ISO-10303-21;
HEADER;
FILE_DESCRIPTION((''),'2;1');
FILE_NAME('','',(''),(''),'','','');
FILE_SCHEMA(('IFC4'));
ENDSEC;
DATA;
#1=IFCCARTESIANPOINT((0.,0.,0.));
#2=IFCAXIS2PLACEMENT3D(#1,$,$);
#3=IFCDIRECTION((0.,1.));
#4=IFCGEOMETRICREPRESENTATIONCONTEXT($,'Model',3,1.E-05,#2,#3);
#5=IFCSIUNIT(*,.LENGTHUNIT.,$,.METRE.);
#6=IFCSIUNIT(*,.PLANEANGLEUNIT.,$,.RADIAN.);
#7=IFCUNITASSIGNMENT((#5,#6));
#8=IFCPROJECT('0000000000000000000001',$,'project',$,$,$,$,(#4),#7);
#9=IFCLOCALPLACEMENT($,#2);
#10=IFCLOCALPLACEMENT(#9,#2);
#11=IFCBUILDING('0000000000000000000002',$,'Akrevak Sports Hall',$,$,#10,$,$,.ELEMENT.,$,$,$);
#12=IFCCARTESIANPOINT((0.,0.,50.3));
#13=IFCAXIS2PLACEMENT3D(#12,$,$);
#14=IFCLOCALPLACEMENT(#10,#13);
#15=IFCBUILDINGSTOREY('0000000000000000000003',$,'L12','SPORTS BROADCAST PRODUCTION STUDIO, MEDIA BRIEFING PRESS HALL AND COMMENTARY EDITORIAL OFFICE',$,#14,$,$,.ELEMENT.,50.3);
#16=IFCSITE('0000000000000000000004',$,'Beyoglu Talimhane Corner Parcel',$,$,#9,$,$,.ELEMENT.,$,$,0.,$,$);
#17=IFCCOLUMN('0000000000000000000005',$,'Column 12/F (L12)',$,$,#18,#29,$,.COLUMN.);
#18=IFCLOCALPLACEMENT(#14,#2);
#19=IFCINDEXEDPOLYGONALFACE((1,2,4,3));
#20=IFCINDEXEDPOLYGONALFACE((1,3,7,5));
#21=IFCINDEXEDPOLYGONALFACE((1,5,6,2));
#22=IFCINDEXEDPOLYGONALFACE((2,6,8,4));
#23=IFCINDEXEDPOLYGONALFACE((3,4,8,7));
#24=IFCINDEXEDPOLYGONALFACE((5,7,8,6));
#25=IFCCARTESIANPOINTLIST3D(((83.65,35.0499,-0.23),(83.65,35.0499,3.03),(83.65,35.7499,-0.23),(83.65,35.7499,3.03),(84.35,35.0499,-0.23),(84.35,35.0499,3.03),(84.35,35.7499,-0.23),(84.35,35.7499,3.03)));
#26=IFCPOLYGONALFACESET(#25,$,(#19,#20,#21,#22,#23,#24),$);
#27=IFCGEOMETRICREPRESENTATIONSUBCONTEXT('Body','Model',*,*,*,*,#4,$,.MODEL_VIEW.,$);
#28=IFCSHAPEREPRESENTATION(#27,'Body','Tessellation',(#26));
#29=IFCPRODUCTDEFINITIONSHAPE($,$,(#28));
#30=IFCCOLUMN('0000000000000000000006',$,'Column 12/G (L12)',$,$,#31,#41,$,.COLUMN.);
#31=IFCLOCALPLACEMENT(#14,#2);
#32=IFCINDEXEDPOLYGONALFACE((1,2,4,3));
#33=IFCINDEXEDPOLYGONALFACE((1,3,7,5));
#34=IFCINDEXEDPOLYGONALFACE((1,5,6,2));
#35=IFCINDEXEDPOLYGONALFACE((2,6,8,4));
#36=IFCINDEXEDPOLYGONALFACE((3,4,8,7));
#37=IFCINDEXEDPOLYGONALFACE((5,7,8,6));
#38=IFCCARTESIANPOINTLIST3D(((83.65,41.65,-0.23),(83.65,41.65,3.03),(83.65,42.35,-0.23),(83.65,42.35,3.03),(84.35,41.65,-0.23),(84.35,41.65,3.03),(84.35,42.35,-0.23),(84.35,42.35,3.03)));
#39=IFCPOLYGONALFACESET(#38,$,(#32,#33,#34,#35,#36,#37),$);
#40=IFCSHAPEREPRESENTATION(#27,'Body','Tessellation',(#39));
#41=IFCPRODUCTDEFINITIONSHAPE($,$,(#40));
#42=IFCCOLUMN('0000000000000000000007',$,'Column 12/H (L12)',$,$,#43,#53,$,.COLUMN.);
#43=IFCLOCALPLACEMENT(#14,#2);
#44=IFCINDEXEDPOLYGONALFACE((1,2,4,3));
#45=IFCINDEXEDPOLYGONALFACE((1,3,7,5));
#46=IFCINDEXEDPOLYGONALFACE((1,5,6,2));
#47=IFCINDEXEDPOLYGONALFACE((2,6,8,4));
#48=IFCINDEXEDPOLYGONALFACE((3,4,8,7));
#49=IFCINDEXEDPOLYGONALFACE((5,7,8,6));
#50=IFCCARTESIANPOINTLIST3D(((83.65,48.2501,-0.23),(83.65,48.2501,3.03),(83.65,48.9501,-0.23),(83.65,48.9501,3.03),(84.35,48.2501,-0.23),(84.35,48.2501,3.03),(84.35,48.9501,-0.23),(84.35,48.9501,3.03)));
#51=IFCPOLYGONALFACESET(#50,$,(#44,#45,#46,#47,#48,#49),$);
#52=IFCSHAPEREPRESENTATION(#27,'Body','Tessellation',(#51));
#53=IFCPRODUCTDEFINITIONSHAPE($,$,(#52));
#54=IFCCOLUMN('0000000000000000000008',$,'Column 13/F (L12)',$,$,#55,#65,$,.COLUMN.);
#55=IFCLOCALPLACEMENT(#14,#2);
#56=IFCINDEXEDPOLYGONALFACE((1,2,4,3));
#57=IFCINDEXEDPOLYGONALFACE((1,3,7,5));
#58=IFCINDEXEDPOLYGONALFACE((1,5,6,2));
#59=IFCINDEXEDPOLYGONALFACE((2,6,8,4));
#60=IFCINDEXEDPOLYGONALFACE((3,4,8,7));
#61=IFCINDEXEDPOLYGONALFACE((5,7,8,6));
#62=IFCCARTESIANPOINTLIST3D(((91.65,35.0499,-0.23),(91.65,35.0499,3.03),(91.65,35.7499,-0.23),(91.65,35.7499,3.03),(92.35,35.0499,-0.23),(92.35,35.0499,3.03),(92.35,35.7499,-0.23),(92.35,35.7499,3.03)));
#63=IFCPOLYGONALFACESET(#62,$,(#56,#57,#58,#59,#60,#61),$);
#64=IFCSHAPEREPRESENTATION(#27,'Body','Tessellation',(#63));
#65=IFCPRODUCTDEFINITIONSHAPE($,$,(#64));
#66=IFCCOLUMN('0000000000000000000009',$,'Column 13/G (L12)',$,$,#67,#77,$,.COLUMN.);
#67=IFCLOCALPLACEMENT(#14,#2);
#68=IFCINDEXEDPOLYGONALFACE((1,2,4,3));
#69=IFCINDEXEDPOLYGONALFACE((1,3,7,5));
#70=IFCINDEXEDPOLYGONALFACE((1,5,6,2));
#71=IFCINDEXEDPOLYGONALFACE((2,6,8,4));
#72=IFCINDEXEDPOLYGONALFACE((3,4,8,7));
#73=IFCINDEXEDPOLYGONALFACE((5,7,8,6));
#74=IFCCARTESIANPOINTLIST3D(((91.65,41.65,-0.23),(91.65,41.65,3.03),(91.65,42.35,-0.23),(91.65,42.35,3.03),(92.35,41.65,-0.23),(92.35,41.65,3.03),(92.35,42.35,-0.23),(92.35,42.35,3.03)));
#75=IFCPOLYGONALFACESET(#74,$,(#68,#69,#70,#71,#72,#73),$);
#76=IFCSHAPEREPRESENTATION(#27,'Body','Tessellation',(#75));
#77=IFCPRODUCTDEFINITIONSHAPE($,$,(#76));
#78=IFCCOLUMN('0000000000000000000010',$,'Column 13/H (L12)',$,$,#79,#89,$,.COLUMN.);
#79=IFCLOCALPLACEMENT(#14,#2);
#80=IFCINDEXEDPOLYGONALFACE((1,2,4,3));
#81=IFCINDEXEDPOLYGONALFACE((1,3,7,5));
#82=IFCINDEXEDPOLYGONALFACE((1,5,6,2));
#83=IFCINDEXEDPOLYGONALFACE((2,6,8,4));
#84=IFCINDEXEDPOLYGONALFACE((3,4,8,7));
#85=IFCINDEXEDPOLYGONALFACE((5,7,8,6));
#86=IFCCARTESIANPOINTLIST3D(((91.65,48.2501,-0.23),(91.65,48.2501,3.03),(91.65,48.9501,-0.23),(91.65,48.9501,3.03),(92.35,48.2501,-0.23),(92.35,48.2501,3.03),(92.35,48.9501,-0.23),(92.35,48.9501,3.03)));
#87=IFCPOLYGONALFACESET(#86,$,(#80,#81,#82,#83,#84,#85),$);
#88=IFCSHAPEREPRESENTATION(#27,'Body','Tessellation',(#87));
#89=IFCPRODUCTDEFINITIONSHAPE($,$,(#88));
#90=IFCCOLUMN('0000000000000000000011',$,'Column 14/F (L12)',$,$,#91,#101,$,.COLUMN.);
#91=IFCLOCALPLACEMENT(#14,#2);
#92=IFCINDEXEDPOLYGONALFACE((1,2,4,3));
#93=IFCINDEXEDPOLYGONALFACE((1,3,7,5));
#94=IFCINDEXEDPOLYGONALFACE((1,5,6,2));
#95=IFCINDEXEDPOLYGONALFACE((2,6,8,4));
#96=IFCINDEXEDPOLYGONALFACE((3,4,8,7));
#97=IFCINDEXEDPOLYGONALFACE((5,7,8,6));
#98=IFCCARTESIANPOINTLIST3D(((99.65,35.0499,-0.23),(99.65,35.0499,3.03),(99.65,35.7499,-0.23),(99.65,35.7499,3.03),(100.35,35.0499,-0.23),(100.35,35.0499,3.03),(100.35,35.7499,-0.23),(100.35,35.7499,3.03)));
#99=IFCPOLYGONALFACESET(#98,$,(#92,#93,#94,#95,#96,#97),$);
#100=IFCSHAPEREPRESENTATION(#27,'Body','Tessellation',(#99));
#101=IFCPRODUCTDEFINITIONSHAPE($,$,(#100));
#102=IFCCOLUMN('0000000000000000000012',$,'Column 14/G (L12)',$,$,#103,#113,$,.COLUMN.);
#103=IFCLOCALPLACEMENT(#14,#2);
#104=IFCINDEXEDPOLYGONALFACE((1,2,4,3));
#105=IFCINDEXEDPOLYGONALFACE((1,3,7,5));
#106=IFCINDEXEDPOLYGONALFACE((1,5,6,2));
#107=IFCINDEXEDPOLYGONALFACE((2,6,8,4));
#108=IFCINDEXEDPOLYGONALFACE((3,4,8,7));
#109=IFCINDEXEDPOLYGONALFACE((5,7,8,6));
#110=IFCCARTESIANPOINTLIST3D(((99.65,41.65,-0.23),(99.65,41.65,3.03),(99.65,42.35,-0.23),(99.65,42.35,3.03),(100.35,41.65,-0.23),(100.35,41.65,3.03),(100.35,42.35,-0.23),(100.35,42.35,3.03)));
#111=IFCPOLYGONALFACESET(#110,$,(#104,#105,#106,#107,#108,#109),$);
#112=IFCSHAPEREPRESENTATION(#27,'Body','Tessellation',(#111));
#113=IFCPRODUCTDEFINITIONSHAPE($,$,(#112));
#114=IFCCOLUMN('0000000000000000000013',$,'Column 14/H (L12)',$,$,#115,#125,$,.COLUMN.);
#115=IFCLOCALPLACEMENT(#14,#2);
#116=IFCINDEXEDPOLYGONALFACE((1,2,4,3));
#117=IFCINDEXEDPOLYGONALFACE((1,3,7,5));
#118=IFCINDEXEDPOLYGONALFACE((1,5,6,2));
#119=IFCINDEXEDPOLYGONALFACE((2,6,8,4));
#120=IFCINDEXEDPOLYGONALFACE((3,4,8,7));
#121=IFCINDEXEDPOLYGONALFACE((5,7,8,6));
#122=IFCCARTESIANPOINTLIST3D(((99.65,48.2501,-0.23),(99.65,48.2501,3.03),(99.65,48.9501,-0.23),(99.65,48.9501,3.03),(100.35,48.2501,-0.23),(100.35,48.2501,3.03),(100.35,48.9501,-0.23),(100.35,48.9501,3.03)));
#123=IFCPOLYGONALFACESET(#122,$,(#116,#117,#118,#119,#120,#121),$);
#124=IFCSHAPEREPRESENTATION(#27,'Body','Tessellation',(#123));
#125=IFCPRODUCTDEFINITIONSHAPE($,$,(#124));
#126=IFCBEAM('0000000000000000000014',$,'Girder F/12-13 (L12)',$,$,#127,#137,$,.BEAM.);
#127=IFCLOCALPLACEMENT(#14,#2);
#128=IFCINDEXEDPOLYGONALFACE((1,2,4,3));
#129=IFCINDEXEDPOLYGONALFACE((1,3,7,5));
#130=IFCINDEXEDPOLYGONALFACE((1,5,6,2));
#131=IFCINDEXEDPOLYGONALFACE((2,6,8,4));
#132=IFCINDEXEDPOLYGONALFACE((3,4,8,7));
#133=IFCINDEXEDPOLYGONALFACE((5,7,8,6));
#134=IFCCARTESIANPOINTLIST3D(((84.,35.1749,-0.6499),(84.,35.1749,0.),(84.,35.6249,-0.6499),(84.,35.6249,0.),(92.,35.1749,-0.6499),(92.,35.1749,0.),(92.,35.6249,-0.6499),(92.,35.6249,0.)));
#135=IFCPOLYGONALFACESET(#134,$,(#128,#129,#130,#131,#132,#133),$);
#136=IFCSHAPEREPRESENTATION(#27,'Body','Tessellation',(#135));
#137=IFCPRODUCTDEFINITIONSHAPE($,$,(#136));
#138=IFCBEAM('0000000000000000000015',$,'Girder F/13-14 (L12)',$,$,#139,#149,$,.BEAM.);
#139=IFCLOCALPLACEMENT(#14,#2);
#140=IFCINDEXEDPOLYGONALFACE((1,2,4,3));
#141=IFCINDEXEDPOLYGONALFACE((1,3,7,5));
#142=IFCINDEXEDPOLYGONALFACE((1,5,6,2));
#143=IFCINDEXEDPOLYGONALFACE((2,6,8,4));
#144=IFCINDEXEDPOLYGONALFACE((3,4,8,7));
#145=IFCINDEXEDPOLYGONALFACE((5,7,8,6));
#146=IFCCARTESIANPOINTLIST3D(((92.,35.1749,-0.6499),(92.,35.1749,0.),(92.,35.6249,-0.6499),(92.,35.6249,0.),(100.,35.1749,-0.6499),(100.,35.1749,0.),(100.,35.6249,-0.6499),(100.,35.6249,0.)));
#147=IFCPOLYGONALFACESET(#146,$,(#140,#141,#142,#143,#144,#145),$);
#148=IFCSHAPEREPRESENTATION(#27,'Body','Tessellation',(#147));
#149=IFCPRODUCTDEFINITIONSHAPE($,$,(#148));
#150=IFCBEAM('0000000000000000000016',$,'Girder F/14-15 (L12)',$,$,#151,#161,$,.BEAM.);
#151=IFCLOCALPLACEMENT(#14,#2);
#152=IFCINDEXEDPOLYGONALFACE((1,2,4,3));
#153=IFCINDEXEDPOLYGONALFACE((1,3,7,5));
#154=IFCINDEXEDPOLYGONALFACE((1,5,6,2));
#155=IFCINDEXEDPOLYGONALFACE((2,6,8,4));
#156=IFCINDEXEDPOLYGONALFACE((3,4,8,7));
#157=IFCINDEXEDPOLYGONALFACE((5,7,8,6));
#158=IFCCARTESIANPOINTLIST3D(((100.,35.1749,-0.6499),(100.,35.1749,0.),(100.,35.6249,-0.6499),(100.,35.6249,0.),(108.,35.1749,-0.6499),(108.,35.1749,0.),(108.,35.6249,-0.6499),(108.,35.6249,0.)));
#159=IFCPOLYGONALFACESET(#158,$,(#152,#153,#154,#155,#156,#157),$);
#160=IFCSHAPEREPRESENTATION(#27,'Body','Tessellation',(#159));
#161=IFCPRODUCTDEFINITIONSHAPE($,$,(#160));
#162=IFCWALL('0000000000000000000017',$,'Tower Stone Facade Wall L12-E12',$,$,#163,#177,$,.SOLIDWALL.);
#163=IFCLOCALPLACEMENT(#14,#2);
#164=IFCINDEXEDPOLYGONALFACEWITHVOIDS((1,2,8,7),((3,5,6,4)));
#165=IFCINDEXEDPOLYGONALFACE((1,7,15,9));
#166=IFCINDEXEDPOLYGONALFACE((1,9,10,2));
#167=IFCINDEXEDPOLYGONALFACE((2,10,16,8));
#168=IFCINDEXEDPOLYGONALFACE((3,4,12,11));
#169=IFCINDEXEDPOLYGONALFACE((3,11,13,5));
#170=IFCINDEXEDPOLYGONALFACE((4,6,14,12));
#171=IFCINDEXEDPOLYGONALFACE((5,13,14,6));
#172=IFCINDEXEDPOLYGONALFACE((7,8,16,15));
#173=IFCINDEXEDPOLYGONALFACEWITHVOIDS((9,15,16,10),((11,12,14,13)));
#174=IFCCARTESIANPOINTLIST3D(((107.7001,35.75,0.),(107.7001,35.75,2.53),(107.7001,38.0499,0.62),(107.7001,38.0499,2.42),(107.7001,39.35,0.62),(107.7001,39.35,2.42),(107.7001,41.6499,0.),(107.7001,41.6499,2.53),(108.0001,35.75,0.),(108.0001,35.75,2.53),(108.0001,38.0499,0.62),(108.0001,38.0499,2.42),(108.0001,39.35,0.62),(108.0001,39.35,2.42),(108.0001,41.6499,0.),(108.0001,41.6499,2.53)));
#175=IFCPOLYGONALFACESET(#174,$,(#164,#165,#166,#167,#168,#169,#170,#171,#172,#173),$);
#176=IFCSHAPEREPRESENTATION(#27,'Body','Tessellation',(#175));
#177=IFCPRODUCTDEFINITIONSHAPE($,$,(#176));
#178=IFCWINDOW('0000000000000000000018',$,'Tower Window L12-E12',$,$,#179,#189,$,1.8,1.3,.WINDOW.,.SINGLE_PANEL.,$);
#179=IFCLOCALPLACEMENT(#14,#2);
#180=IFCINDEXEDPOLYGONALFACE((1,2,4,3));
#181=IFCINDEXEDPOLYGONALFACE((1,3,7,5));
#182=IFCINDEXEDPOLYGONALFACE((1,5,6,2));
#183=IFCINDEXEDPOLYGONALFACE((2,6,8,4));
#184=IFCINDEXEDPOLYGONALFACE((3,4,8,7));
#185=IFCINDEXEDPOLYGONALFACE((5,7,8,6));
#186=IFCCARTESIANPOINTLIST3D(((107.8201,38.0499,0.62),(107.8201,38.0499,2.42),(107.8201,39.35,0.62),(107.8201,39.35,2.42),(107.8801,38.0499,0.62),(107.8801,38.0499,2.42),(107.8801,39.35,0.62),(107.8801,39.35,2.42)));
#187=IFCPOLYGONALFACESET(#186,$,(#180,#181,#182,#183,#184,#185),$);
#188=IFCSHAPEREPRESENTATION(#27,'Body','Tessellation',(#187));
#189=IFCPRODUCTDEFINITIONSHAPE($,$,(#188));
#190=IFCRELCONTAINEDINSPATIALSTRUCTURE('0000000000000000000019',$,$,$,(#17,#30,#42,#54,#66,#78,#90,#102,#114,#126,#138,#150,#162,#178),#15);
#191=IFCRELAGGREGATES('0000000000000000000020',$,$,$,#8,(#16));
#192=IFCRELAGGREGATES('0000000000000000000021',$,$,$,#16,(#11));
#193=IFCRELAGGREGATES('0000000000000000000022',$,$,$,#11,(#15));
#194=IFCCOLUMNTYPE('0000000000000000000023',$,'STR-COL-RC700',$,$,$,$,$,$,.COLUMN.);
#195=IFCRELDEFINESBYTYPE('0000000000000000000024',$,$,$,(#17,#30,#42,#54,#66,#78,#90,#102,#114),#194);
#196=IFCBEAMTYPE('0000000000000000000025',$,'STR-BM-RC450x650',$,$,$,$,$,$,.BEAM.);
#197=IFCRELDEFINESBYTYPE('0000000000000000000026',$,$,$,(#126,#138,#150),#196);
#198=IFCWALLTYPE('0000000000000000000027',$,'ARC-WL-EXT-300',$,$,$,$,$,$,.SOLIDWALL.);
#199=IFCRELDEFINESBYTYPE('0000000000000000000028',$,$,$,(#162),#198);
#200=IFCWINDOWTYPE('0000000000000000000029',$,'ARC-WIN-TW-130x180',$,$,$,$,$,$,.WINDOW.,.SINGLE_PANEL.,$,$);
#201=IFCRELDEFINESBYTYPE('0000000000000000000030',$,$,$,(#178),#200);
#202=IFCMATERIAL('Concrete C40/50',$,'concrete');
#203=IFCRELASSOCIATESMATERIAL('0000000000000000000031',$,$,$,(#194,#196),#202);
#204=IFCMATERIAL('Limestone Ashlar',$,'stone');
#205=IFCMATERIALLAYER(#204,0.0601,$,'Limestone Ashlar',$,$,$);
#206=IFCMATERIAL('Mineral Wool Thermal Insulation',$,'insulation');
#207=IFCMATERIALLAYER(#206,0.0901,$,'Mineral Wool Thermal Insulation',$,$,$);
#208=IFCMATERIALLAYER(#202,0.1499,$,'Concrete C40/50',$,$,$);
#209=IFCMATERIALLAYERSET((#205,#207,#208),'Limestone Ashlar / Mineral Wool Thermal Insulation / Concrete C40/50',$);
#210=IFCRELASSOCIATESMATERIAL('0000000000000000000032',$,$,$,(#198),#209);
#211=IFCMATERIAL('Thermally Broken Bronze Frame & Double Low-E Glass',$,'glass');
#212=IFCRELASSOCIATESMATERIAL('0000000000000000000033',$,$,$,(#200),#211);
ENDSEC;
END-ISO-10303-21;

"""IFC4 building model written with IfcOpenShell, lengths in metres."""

from ifc_helpers import new_model, si_unit, direction, frame, frame_2d, origin, origin_2d, place, context, subcontext, project, spatial, rectangle, extrude, material, layer, layer_set, material_profile, profile_set, type_object, element, fill, save


model = new_model("IFC4")

# Units and contexts
model_context = context("Model", 3, precision=1e-05, world=origin(), true_north=direction((0.0, 1.0)))
body_context = subcontext(model_context, "Body", "Model", "MODEL_VIEW")
ifc_project = project(units=[si_unit("LENGTHUNIT", "METRE"), si_unit("PLANEANGLEUNIT", "RADIAN")], contexts=[model_context])

# Site, building, storey
site_placement = place(None, origin())
site = spatial("IfcSite", under=ifc_project, at=site_placement, Name="Beyoglu Talimhane Corner Parcel", CompositionType="ELEMENT", RefElevation=0.0)
building_placement = place(site_placement, origin())
building = spatial("IfcBuilding", under=site, at=building_placement, Name="Akrevak Sports Hall", CompositionType="ELEMENT")
storey_placement = place(building_placement, frame((0.0, 0.0, 50.3)))
storey = spatial("IfcBuildingStorey", under=building, at=storey_placement, Name="L12", Description="SPORTS BROADCAST PRODUCTION STUDIO, MEDIA BRIEFING PRESS HALL AND COMMENTARY EDITORIAL OFFICE", CompositionType="ELEMENT", Elevation=50.3)

# Columns
ifc_material_1 = material(Name="Concrete C40/50", Category="concrete")
ifc_material_profile_1 = material_profile(ifc_material_1, rectangle(XDim=0.7, YDim=0.7, at=origin_2d()), Name="RC 700x700", Category="concrete")
ifc_profile_set_1 = profile_set([ifc_material_profile_1], Name="Concrete C40/50")
column_type = type_object("IfcColumnType", Name="STR-COL-RC700", PredefinedType="COLUMN", material=ifc_profile_set_1)
for number, where, z_axis, x_axis, name in (
    (1, (84.0, 35.3999, -0.23), (0.0, 0.0, 1.0), (1.0, 0.0, 0.0), "Column 12/F (L12)"),
    (2, (84.0, 42.0, -0.23), (0.0, 0.0, 1.0), (1.0, 0.0, 0.0), "Column 12/G (L12)"),
    (3, (84.0, 48.6001, -0.23), (0.0, 0.0, 1.0), (1.0, 0.0, 0.0), "Column 12/H (L12)"),
    (4, (92.0, 35.3999, -0.23), (0.0, 0.0, 1.0), (1.0, 0.0, 0.0), "Column 13/F (L12)"),
    (5, (92.0, 42.0, -0.23), (0.0, 0.0, 1.0), (1.0, 0.0, 0.0), "Column 13/G (L12)"),
    (6, (92.0, 48.6001, -0.23), (0.0, 0.0, 1.0), (1.0, 0.0, 0.0), "Column 13/H (L12)"),
    (7, (100.0, 35.3999, -0.23), (0.0, 0.0, 1.0), (1.0, 0.0, 0.0), "Column 14/F (L12)"),
    (8, (100.0, 42.0, -0.23), (0.0, 0.0, 1.0), (1.0, 0.0, 0.0), "Column 14/G (L12)"),
    (9, (100.0, 48.6001, -0.23), (0.0, 0.0, 1.0), (1.0, 0.0, 0.0), "Column 14/H (L12)"),
):
    element("IfcColumn", number, at=place(storey_placement, frame(where, z_axis=z_axis, x_axis=x_axis)), inside=storey, type_object=column_type, Name=name, PredefinedType="COLUMN", context=body_context, shape_type="SweptSolid", body=[
        extrude(rectangle(XDim=0.7, YDim=0.7, at=origin_2d()), origin(), (0.0, 0.0, 1.0), 3.26),
    ])

# Beams
ifc_material_profile_2 = material_profile(ifc_material_1, rectangle(XDim=0.45, YDim=0.6499, at=origin_2d()), Name="BM 450x650", Category="concrete")
ifc_profile_set_2 = profile_set([ifc_material_profile_2], Name="Concrete C40/50")
beam_type = type_object("IfcBeamType", Name="STR-BM-RC450x650", PredefinedType="BEAM", material=ifc_profile_set_2)
for number, where, z_axis, x_axis, name in (
    (10, (84.0, 35.3999, -0.325), (1.0, 0.0, 0.0), (0.0, 1.0, 0.0), "Girder F/12-13 (L12)"),
    (11, (92.0, 35.3999, -0.325), (1.0, 0.0, 0.0), (0.0, 1.0, 0.0), "Girder F/13-14 (L12)"),
    (12, (100.0, 35.3999, -0.325), (1.0, 0.0, 0.0), (0.0, 1.0, 0.0), "Girder F/14-15 (L12)"),
):
    element("IfcBeam", number, at=place(storey_placement, frame(where, z_axis=z_axis, x_axis=x_axis)), inside=storey, type_object=beam_type, Name=name, PredefinedType="BEAM", context=body_context, shape_type="SweptSolid", body=[
        extrude(rectangle(XDim=0.45, YDim=0.6499, at=origin_2d()), origin(), (0.0, 0.0, 1.0), 8.0),
    ])

# Wall, opening, window
ifc_material_2 = material(Name="Limestone Ashlar", Category="stone")
ifc_layer_1 = layer(ifc_material_2, 0.0601, Name="Limestone Ashlar")
ifc_material_3 = material(Name="Mineral Wool Thermal Insulation", Category="insulation")
ifc_layer_2 = layer(ifc_material_3, 0.0901, Name="Mineral Wool Thermal Insulation")
ifc_layer_3 = layer(ifc_material_1, 0.1499, Name="Concrete C40/50")
ifc_layer_set_1 = layer_set([ifc_layer_1, ifc_layer_2, ifc_layer_3], Name="Limestone Ashlar / Mineral Wool Thermal Insulation / Concrete C40/50")
wall_type_1 = type_object("IfcWallType", Name="ARC-WL-EXT-300", PredefinedType="SOLIDWALL", material=ifc_layer_set_1)
wall_1_placement = place(storey_placement, frame((107.8501, 35.75, 0.0), z_axis=(0.0, 0.0, 1.0), x_axis=(0.0, 1.0, 0.0)))
wall_1 = element("IfcWall", 13, at=wall_1_placement, inside=storey, type_object=wall_type_1, Name="Tower Stone Facade Wall L12-E12", PredefinedType="SOLIDWALL", context=body_context, shape_type="SweptSolid", body=[
    extrude(rectangle(XDim=5.8999, YDim=0.3, at=frame_2d((2.95, 0.0))), origin(), (0.0, 0.0, 1.0), 2.53),
])
opening_1_placement = place(wall_1_placement, frame((2.3, 0.0, 0.6201)))
opening_1 = element("IfcOpeningElement", 14, at=opening_1_placement, cuts=wall_1, PredefinedType="OPENING", context=body_context, shape_type="SweptSolid", body=[
    extrude(rectangle(XDim=1.3, YDim=1.8, at=frame_2d((0.6499, 0.8999))), frame((0.0, 0.1621, 0.0), z_axis=(0.0, -1.0, 0.0), x_axis=(1.0, 0.0, 0.0)), (0.0, 0.0, 1.0), 0.324),
])
ifc_material_4 = material(Name="Thermally Broken Bronze Frame & Double Low-E Glass", Category="glass")
window_type = type_object("IfcWindowType", Name="ARC-WIN-TW-130x180", PartitioningType="SINGLE_PANEL", PredefinedType="WINDOW", material=ifc_material_4)
window_placement = place(opening_1_placement, origin())
window = element("IfcWindow", 15, at=window_placement, inside=storey, type_object=window_type, Name="Tower Window L12-E12", OverallHeight=1.8, OverallWidth=1.3, PartitioningType="SINGLE_PANEL", PredefinedType="WINDOW", context=body_context, shape_type="SweptSolid", body=[
    extrude(rectangle(XDim=1.3, YDim=1.8, at=frame_2d((0.6499, 0.8999))), frame((0.0, 0.03, 0.0), z_axis=(0.0, -1.0, 0.0), x_axis=(1.0, 0.0, 0.0)), (0.0, 0.0, 1.0), 0.0601),
])
fill(opening_1, window)

save(model, "model.ifc")
